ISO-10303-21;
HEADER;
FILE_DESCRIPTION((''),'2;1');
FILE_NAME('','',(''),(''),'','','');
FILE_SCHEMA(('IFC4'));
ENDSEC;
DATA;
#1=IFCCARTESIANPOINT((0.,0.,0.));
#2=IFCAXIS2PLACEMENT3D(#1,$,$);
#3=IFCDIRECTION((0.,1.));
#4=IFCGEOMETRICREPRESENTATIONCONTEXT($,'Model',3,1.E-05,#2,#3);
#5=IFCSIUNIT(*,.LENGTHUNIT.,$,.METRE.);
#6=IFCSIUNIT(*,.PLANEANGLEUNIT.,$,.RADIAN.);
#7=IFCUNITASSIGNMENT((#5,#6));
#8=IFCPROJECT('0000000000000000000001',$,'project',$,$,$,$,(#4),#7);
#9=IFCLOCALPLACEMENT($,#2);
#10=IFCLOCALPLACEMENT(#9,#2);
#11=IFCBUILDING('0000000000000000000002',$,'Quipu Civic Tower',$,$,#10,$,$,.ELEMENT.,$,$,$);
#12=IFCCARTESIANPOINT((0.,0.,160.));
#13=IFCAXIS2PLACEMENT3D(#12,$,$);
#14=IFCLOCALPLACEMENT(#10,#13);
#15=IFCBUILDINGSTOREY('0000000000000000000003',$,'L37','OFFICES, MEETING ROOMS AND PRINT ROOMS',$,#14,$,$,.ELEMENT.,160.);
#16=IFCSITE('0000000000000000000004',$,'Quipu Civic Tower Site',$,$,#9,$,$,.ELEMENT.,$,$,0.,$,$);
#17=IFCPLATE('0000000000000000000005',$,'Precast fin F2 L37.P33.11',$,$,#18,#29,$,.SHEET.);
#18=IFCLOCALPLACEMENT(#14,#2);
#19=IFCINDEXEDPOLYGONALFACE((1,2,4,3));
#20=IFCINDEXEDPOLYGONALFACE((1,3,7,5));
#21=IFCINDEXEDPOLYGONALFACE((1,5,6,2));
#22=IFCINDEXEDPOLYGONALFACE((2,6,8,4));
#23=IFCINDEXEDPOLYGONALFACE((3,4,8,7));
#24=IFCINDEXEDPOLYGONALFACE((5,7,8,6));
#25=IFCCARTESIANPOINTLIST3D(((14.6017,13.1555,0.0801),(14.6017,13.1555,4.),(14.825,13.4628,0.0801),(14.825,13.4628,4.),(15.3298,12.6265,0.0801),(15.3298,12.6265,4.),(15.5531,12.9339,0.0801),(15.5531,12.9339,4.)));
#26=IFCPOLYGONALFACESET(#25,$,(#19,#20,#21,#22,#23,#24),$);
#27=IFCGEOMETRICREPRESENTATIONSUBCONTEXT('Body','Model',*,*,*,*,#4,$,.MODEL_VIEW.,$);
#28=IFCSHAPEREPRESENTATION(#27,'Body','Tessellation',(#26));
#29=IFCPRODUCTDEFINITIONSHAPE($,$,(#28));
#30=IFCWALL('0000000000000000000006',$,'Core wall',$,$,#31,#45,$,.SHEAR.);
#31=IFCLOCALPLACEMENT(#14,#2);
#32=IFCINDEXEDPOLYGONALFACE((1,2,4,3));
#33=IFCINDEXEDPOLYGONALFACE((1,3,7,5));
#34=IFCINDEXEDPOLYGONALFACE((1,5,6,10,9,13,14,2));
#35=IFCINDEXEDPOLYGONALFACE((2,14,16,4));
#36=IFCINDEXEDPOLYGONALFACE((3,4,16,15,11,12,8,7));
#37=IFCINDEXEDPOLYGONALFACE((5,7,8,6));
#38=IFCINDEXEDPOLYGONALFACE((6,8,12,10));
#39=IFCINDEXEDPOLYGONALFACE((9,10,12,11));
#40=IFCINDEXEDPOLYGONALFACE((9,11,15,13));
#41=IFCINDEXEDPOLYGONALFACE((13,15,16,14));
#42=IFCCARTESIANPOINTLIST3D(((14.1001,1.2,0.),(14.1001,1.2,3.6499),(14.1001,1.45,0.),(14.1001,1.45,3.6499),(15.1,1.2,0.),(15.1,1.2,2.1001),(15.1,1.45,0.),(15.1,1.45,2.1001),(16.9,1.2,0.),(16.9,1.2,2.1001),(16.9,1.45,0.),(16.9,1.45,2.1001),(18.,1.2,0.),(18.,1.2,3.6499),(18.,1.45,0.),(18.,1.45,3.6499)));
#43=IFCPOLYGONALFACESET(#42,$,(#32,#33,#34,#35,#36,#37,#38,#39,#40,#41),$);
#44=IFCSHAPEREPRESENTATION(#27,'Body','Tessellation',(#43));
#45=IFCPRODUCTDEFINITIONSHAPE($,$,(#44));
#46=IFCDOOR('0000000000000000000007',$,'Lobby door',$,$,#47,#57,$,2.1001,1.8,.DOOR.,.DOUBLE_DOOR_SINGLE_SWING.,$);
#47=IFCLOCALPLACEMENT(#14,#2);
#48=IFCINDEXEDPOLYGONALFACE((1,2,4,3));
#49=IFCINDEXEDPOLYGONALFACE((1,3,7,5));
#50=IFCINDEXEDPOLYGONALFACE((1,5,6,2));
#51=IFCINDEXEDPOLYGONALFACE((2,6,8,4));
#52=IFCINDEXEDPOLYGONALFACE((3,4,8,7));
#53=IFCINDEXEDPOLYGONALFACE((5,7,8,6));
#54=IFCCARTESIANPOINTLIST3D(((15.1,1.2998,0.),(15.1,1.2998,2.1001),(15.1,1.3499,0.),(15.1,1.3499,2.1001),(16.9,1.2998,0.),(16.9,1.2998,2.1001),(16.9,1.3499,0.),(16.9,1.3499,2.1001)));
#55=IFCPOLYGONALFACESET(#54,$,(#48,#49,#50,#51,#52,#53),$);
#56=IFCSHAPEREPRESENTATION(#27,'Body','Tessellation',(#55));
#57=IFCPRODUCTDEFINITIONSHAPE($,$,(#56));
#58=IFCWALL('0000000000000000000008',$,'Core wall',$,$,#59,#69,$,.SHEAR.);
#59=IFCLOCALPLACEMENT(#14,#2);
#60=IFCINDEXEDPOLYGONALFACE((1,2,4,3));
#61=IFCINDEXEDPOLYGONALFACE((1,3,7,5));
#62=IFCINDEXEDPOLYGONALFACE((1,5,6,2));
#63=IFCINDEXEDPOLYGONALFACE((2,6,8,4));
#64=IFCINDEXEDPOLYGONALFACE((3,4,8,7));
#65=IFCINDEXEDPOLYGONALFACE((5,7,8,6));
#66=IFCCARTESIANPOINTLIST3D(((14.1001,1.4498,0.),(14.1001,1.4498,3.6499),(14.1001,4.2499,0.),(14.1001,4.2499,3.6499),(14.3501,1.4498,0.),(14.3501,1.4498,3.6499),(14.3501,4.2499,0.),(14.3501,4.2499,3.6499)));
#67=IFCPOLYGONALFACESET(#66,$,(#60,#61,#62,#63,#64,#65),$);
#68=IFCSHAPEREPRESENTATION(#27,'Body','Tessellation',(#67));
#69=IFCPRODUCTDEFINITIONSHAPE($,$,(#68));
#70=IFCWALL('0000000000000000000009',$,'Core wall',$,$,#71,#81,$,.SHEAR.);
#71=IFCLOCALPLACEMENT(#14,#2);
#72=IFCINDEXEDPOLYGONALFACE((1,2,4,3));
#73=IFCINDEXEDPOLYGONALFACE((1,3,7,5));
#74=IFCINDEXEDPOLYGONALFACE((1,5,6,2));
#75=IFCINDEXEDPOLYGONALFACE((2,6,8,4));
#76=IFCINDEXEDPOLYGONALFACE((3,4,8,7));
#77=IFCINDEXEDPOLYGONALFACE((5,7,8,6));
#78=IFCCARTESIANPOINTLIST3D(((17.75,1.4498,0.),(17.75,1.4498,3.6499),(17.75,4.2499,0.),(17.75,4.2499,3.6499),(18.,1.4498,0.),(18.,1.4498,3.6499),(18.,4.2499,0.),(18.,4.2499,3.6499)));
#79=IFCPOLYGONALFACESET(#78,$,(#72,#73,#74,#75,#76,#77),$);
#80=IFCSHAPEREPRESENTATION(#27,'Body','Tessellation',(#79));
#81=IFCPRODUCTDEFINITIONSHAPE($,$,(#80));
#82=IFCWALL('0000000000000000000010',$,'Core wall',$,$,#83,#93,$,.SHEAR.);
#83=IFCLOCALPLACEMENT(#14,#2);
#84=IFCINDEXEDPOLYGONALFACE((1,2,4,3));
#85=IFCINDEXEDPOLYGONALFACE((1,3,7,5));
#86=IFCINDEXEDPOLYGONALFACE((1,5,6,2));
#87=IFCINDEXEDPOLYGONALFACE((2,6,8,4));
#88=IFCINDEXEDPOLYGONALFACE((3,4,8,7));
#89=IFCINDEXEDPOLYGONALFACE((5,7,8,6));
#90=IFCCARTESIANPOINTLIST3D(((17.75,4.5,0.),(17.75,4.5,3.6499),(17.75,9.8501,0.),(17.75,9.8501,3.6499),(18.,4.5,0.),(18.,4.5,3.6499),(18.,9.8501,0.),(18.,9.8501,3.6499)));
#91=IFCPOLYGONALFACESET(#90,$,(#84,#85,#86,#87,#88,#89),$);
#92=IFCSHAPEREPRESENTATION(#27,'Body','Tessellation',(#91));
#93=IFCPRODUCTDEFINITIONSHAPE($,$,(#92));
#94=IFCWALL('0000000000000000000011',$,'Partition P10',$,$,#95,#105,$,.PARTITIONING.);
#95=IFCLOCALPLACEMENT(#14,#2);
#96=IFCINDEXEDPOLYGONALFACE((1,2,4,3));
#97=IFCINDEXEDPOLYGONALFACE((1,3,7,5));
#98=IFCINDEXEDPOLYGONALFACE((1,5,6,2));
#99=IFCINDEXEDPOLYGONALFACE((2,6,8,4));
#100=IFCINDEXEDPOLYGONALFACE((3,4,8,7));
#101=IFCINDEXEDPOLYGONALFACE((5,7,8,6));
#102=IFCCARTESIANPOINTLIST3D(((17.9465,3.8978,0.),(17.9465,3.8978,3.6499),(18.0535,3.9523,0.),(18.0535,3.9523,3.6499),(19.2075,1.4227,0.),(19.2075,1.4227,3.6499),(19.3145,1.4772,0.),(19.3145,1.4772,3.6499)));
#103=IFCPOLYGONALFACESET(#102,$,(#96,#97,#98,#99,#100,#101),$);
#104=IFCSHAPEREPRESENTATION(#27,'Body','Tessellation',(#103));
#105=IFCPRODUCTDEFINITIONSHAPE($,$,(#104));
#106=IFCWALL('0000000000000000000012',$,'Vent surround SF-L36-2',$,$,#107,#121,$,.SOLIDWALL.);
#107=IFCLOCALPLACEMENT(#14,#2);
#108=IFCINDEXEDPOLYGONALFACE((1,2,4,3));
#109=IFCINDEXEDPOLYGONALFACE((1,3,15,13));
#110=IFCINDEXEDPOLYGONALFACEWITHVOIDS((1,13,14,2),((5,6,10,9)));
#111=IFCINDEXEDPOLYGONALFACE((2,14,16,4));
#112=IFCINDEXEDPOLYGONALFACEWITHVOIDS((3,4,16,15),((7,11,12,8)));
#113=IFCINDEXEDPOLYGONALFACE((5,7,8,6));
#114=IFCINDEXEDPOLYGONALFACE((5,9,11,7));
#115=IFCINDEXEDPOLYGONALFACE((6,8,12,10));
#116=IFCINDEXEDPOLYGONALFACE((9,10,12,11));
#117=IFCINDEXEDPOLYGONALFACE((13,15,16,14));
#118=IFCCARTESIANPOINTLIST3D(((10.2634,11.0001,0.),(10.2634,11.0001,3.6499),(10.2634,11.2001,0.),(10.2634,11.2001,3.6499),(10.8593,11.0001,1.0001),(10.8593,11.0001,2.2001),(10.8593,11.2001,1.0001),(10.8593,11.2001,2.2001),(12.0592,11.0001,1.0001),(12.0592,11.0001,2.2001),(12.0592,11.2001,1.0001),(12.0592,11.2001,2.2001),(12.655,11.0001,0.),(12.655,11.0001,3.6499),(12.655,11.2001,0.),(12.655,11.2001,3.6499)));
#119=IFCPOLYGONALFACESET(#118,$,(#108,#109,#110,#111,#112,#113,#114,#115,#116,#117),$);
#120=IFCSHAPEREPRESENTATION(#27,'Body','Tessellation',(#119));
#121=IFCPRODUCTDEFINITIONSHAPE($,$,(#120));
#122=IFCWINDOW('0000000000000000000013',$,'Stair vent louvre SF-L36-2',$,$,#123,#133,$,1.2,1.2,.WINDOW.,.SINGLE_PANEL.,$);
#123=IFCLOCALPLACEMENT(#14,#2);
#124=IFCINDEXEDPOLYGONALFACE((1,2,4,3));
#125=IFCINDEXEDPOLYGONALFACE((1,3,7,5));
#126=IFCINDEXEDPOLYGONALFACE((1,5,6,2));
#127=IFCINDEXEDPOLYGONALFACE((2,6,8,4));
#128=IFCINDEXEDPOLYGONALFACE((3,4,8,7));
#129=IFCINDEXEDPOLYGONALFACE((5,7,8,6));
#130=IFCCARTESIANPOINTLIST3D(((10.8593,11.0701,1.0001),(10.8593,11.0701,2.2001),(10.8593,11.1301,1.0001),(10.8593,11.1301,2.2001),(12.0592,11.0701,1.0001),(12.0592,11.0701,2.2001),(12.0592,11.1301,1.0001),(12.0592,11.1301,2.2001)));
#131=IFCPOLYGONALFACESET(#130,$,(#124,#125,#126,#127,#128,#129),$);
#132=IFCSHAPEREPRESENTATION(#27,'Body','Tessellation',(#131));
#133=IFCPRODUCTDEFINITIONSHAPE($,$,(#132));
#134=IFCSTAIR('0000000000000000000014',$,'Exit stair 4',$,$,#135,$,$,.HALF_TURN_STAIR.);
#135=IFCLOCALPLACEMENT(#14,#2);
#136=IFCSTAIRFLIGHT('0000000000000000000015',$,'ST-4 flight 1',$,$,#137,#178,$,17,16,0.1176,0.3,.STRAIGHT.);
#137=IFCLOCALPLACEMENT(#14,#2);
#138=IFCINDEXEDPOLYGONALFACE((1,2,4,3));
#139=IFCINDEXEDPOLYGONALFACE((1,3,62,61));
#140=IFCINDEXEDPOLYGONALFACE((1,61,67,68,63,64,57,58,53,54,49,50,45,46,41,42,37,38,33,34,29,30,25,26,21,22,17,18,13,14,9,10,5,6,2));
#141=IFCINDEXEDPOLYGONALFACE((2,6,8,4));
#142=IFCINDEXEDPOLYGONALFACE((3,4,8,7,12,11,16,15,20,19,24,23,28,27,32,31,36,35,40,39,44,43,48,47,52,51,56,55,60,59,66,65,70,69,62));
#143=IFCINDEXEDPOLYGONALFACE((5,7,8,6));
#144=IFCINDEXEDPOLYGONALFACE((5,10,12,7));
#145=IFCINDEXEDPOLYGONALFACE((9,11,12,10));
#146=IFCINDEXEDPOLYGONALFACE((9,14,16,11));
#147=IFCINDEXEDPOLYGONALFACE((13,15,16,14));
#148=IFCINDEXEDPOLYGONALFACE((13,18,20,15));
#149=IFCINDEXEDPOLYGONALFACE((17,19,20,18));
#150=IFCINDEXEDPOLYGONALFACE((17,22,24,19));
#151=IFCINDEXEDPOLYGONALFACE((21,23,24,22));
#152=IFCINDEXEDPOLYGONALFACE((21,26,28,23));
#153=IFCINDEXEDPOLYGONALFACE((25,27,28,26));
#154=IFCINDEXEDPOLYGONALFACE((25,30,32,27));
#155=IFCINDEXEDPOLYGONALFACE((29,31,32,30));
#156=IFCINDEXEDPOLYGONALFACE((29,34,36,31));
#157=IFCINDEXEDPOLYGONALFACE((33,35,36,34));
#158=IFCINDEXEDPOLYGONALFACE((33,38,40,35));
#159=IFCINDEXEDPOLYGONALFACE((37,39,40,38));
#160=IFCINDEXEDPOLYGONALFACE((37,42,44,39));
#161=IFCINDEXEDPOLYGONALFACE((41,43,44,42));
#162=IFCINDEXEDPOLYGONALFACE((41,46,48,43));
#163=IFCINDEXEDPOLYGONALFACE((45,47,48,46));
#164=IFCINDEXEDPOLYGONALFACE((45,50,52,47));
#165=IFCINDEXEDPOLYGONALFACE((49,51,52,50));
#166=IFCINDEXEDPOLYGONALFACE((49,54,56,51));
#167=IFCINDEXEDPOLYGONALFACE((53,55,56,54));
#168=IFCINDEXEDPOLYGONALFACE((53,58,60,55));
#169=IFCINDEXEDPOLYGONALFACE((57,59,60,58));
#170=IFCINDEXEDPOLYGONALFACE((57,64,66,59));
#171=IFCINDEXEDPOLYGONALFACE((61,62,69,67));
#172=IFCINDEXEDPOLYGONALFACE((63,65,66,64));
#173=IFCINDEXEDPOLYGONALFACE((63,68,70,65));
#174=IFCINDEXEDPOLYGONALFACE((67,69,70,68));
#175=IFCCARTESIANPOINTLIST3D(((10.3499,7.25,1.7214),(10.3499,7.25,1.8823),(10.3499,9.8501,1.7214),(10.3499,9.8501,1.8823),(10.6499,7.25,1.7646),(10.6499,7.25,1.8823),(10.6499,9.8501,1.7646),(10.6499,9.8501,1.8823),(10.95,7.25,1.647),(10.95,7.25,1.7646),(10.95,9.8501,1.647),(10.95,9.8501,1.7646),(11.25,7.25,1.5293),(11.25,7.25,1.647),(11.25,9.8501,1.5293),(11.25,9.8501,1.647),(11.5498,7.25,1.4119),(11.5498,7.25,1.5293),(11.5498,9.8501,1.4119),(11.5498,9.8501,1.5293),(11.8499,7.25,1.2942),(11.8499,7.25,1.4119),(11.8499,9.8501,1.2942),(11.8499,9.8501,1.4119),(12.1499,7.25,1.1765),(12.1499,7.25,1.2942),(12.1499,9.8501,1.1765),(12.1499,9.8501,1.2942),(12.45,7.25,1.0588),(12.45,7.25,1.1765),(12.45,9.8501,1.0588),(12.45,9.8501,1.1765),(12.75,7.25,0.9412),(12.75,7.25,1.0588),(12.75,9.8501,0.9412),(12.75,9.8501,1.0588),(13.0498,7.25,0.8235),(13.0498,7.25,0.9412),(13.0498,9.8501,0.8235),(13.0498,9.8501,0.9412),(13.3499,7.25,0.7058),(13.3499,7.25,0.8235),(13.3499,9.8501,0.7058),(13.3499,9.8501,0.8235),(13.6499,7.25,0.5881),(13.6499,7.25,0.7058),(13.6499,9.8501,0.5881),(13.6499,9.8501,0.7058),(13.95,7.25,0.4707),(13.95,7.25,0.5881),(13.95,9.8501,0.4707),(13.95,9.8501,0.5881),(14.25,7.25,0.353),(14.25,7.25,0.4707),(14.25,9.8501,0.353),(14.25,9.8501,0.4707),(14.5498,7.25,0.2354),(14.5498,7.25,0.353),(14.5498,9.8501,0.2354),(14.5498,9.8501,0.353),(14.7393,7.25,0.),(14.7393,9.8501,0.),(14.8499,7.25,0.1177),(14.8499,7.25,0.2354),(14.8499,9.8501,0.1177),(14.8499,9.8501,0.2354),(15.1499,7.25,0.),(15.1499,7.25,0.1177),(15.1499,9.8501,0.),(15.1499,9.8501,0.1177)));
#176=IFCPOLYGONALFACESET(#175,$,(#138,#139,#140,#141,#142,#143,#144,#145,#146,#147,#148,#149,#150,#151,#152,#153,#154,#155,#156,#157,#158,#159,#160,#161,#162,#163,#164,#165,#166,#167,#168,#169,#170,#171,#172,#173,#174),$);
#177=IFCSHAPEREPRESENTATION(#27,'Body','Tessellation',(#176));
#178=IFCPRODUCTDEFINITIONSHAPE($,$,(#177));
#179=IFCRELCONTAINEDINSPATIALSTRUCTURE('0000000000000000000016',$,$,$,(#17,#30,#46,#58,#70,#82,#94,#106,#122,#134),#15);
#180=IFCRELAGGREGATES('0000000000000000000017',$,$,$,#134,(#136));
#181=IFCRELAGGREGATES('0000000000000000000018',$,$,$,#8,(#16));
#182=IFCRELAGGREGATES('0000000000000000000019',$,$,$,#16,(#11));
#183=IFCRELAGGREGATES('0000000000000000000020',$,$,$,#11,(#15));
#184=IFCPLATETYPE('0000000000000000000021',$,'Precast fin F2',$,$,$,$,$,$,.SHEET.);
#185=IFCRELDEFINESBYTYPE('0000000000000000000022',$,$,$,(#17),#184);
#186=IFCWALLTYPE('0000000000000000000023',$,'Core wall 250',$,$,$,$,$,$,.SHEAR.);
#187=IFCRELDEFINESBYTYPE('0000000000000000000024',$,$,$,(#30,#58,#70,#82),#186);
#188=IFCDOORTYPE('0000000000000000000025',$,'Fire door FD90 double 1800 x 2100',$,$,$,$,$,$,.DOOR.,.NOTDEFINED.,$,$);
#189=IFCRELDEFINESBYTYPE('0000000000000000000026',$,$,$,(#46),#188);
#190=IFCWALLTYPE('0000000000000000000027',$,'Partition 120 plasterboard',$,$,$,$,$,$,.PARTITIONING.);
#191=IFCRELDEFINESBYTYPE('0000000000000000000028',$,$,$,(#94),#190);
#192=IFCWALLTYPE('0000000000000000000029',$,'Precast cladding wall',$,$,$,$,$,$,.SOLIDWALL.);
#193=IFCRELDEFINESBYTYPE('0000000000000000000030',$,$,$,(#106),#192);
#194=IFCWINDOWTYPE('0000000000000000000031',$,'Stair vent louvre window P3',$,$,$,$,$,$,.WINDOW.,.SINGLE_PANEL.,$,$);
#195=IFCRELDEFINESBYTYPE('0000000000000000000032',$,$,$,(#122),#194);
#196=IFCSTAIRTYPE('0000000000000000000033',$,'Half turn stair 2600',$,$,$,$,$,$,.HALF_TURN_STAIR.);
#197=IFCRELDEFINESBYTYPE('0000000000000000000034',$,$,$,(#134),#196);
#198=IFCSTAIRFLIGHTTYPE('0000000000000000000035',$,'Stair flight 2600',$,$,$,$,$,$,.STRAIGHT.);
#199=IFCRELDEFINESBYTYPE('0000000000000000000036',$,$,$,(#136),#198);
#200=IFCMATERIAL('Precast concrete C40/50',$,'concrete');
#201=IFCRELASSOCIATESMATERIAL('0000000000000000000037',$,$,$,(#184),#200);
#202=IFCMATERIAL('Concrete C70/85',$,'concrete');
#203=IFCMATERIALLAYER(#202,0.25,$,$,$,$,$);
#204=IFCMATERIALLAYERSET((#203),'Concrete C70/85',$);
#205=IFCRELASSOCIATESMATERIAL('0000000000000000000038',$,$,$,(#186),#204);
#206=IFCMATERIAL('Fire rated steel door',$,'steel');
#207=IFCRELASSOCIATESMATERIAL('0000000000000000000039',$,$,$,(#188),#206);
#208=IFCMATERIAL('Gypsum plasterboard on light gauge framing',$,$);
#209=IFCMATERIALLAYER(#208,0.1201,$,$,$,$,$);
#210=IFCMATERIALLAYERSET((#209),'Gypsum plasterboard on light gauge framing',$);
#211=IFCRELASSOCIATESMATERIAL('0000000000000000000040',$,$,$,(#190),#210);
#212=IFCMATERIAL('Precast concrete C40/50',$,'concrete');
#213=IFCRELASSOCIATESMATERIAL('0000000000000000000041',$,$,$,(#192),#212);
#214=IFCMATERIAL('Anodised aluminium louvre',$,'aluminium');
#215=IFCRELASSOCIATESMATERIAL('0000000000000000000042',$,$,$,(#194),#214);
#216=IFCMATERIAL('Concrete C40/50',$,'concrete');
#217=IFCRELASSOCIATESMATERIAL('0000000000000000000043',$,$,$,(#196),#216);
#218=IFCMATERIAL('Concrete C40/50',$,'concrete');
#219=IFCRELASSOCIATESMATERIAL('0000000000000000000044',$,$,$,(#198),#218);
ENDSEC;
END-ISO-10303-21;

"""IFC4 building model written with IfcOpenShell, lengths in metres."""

from ifc_helpers import new_model, si_unit, direction, frame, frame_2d, origin, origin_2d, place, context, subcontext, project, spatial, polyline, rectangle, outline, extrude, material, layer, layer_set, type_object, element, fill, aggregate, save


model = new_model("IFC4")

# Units and contexts
model_context = context("Model", 3, precision=1e-05, world=origin(), true_north=direction((0.0, 1.0)))
body_context = subcontext(model_context, "Body", "Model", "MODEL_VIEW")
ifc_project = project(units=[si_unit("LENGTHUNIT", "METRE"), si_unit("PLANEANGLEUNIT", "RADIAN")], contexts=[model_context])

# Site, building, storey
site_placement = place(None, origin())
site = spatial("IfcSite", under=ifc_project, at=site_placement, Name="Quipu Civic Tower Site", CompositionType="ELEMENT", RefElevation=0.0)
building_placement = place(site_placement, origin())
building = spatial("IfcBuilding", under=site, at=building_placement, Name="Quipu Civic Tower", CompositionType="ELEMENT")
storey_placement = place(building_placement, frame((0.0, 0.0, 160.0)))
storey = spatial("IfcBuildingStorey", under=building, at=storey_placement, Name="L37", Description="OFFICES, MEETING ROOMS AND PRINT ROOMS", CompositionType="ELEMENT", Elevation=160.0)

# Plate
ifc_material_1 = material(Name="Precast concrete C40/50", Category="concrete")
plate_type_1 = type_object("IfcPlateType", Name="Precast fin F2", PredefinedType="SHEET", material=ifc_material_1)
for number, where, z_axis, x_axis, name in (
    (1, (15.0774, 13.0447, 0.0801), (0.0, 0.0, 1.0), (-0.587787, -0.809016, 0.0), "Precast fin F2 L37.P33.11"),
):
    element("IfcPlate", number, at=place(storey_placement, frame(where, z_axis=z_axis, x_axis=x_axis)), inside=storey, type_object=plate_type_1, Name=name, PredefinedType="SHEET", context=body_context, shape_type="SweptSolid", body=[
        extrude(rectangle(XDim=0.3799, YDim=0.8999, at=origin_2d()), origin(), (0.0, 0.0, 1.0), 3.9199),
    ])

# Wall, opening, door
ifc_material_2 = material(Name="Concrete C70/85", Category="concrete")
ifc_layer_1 = layer(ifc_material_2, 0.25)
ifc_layer_set_1 = layer_set([ifc_layer_1], Name="Concrete C70/85")
wall_type_1 = type_object("IfcWallType", Name="Core wall 250", PredefinedType="SHEAR", material=ifc_layer_set_1)
wall_1_placement = place(storey_placement, frame((14.1001, 1.325, 0.0), z_axis=(0.0, 0.0, 1.0), x_axis=(1.0, 0.0, 0.0)))
wall_1 = element("IfcWall", 2, at=wall_1_placement, inside=storey, type_object=wall_type_1, Name="Core wall", PredefinedType="SHEAR", context=body_context, shape_type="SweptSolid", body=[
    extrude(rectangle(XDim=3.8999, YDim=0.25, at=frame_2d((1.95, 0.0))), origin(), (0.0, 0.0, 1.0), 3.6499),
])
opening_1_placement = place(wall_1_placement, frame((1.0, 0.0, 0.0)))
opening_1 = element("IfcOpeningElement", 3, at=opening_1_placement, cuts=wall_1, PredefinedType="OPENING", context=body_context, shape_type="SweptSolid", body=[
    extrude(rectangle(XDim=1.8, YDim=2.1001, at=frame_2d((0.8999, 1.05))), frame((0.0, 0.135, 0.0), z_axis=(0.0, -1.0, 0.0), x_axis=(1.0, 0.0, 0.0)), (0.0, 0.0, 1.0), 0.27),
])
ifc_material_3 = material(Name="Fire rated steel door", Category="steel")
door_type = type_object("IfcDoorType", Name="Fire door FD90 double 1800 x 2100", OperationType="NOTDEFINED", PredefinedType="DOOR", material=ifc_material_3)
door_placement = place(opening_1_placement, origin())
door = element("IfcDoor", 4, at=door_placement, inside=storey, type_object=door_type, Name="Lobby door", OperationType="DOUBLE_DOOR_SINGLE_SWING", OverallHeight=2.1001, OverallWidth=1.8, PredefinedType="DOOR", context=body_context, shape_type="SweptSolid", body=[
    extrude(rectangle(XDim=1.8, YDim=2.1001, at=frame_2d((0.8999, 1.05))), frame((0.0, 0.0249, 0.0), z_axis=(0.0, -1.0, 0.0), x_axis=(1.0, 0.0, 0.0)), (0.0, 0.0, 1.0), 0.05),
])
fill(opening_1, door)

# Walls
for number, where, z_axis, x_axis, name in (
    (5, (14.2251, 1.45, 0.0), (0.0, 0.0, 1.0), (0.0, 1.0, 0.0), "Core wall"),
    (6, (17.875, 1.45, 0.0), (0.0, 0.0, 1.0), (0.0, 1.0, 0.0), "Core wall"),
):
    element("IfcWall", number, at=place(storey_placement, frame(where, z_axis=z_axis, x_axis=x_axis)), inside=storey, type_object=wall_type_1, Name=name, PredefinedType="SHEAR", context=body_context, shape_type="SweptSolid", body=[
        extrude(rectangle(XDim=2.8, YDim=0.25, at=frame_2d((1.3999, 0.0))), origin(), (0.0, 0.0, 1.0), 3.6499),
    ])
wall_2_placement = place(storey_placement, frame((17.875, 4.5, 0.0), z_axis=(0.0, 0.0, 1.0), x_axis=(0.0, 1.0, 0.0)))
element("IfcWall", 7, at=wall_2_placement, inside=storey, type_object=wall_type_1, Name="Core wall", PredefinedType="SHEAR", context=body_context, shape_type="SweptSolid", body=[
    extrude(rectangle(XDim=5.3501, YDim=0.25, at=frame_2d((2.675, 0.0))), origin(), (0.0, 0.0, 1.0), 3.6499),
])
ifc_material_4 = material(Name="Gypsum plasterboard on light gauge framing")
ifc_layer_2 = layer(ifc_material_4, 0.1201)
ifc_layer_set_2 = layer_set([ifc_layer_2], Name="Gypsum plasterboard on light gauge framing")
wall_type_2 = type_object("IfcWallType", Name="Partition 120 plasterboard", PredefinedType="PARTITIONING", material=ifc_layer_set_2)
wall_3_placement = place(storey_placement, frame((18.0, 3.925, 0.0), z_axis=(0.0, 0.0, 1.0), x_axis=(0.453951, -0.891027, 0.0)))
element("IfcWall", 8, at=wall_3_placement, inside=storey, type_object=wall_type_2, Name="Partition P10", PredefinedType="PARTITIONING", context=body_context, shape_type="SweptSolid", body=[
    extrude(rectangle(XDim=2.7778, YDim=0.1201, at=frame_2d((1.3889, 0.0))), origin(), (0.0, 0.0, 1.0), 3.6499),
])

# Wall, opening, window
ifc_material_5 = material(Name="Precast concrete C40/50", Category="concrete")
wall_type_3 = type_object("IfcWallType", Name="Precast cladding wall", PredefinedType="SOLIDWALL", material=ifc_material_5)
wall_4_placement = place(storey_placement, frame((12.655, 11.1001, 0.0), z_axis=(0.0, 0.0, 1.0), x_axis=(-1.0, 0.0, 0.0)))
wall_4 = element("IfcWall", 9, at=wall_4_placement, inside=storey, type_object=wall_type_3, Name="Vent surround SF-L36-2", PredefinedType="SOLIDWALL", context=body_context, shape_type="SweptSolid", body=[
    extrude(rectangle(XDim=2.3916, YDim=0.2, at=frame_2d((1.1958, 0.0))), origin(), (0.0, 0.0, 1.0), 3.6499),
])
opening_2_placement = place(wall_4_placement, frame((0.5957, 0.0, 1.0)))
opening_2 = element("IfcOpeningElement", 10, at=opening_2_placement, cuts=wall_4, PredefinedType="OPENING", context=body_context, shape_type="SweptSolid", body=[
    extrude(rectangle(XDim=1.2, YDim=1.2, at=frame_2d((0.6001, 0.6001))), frame((0.0, 0.1099, 0.0), z_axis=(0.0, -1.0, 0.0), x_axis=(1.0, 0.0, 0.0)), (0.0, 0.0, 1.0), 0.22),
])
ifc_material_6 = material(Name="Anodised aluminium louvre", Category="aluminium")
window_type = type_object("IfcWindowType", Name="Stair vent louvre window P3", PartitioningType="SINGLE_PANEL", PredefinedType="WINDOW", material=ifc_material_6)
window_placement = place(opening_2_placement, origin())
window = element("IfcWindow", 11, at=window_placement, inside=storey, type_object=window_type, Name="Stair vent louvre SF-L36-2", OverallHeight=1.2, OverallWidth=1.2, PartitioningType="SINGLE_PANEL", PredefinedType="WINDOW", context=body_context, shape_type="SweptSolid", body=[
    extrude(rectangle(XDim=1.2, YDim=1.2, at=frame_2d((0.6001, 0.6001))), frame((0.0, 0.03, 0.0), z_axis=(0.0, -1.0, 0.0), x_axis=(1.0, 0.0, 0.0)), (0.0, 0.0, 1.0), 0.0601),
])
fill(opening_2, window)

# Stair, stair flight
ifc_material_7 = material(Name="Concrete C40/50", Category="concrete")
stair_type = type_object("IfcStairType", Name="Half turn stair 2600", PredefinedType="HALF_TURN_STAIR", material=ifc_material_7)
stair_placement = place(storey_placement, origin())
stair = element("IfcStair", 12, at=stair_placement, inside=storey, type_object=stair_type, Name="Exit stair 4", PredefinedType="HALF_TURN_STAIR")
ifc_material_8 = material(Name="Concrete C40/50", Category="concrete")
stair_flight_type = type_object("IfcStairFlightType", Name="Stair flight 2600", PredefinedType="STRAIGHT", material=ifc_material_8)
stair_flight_1_placement = place(storey_placement, frame((15.1499, 8.55, 0.0), z_axis=(0.0, 0.0, 1.0), x_axis=(-1.0, 0.0, 0.0)))
stair_flight_1 = element("IfcStairFlight", 13, at=stair_flight_1_placement, type_object=stair_flight_type, Name="ST-4 flight 1", NumberOfRisers=17, NumberOfTreads=16, PredefinedType="STRAIGHT", RiserHeight=0.1176, TreadLength=0.3, context=body_context, shape_type="SweptSolid", body=[
    extrude(outline(polyline([(0.0, 0.0), (0.0, 0.1177), (0.3, 0.1177), (0.3, 0.2354), (0.6001, 0.2354), (0.6001, 0.353), (0.8999, 0.353), (0.8999, 0.4707), (1.2, 0.4707), (1.2, 0.5881), (1.5, 0.5881), (1.5, 0.7058), (1.8, 0.7058), (1.8, 0.8235), (2.1001, 0.8235), (2.1001, 0.9412), (2.3999, 0.9412), (2.3999, 1.0588), (2.7, 1.0588), (2.7, 1.1765), (3.0, 1.1765), (3.0, 1.2942), (3.3, 1.2942), (3.3, 1.4119), (3.6001, 1.4119), (3.6001, 1.5293), (3.8999, 1.5293), (3.8999, 1.647), (4.2, 1.647), (4.2, 1.7646), (4.5, 1.7646), (4.5, 1.8823), (4.8, 1.8823), (4.8, 2.0), (4.8, 1.7214), (0.4106, 0.0), (0.0, 0.0)])), frame((0.0, 1.3, 0.0), z_axis=(0.0, -1.0, 0.0), x_axis=(1.0, 0.0, 0.0)), (0.0, 0.0, 1.0), 2.6001),
])
aggregate(stair, [stair_flight_1])

save(model, "model.ifc")
